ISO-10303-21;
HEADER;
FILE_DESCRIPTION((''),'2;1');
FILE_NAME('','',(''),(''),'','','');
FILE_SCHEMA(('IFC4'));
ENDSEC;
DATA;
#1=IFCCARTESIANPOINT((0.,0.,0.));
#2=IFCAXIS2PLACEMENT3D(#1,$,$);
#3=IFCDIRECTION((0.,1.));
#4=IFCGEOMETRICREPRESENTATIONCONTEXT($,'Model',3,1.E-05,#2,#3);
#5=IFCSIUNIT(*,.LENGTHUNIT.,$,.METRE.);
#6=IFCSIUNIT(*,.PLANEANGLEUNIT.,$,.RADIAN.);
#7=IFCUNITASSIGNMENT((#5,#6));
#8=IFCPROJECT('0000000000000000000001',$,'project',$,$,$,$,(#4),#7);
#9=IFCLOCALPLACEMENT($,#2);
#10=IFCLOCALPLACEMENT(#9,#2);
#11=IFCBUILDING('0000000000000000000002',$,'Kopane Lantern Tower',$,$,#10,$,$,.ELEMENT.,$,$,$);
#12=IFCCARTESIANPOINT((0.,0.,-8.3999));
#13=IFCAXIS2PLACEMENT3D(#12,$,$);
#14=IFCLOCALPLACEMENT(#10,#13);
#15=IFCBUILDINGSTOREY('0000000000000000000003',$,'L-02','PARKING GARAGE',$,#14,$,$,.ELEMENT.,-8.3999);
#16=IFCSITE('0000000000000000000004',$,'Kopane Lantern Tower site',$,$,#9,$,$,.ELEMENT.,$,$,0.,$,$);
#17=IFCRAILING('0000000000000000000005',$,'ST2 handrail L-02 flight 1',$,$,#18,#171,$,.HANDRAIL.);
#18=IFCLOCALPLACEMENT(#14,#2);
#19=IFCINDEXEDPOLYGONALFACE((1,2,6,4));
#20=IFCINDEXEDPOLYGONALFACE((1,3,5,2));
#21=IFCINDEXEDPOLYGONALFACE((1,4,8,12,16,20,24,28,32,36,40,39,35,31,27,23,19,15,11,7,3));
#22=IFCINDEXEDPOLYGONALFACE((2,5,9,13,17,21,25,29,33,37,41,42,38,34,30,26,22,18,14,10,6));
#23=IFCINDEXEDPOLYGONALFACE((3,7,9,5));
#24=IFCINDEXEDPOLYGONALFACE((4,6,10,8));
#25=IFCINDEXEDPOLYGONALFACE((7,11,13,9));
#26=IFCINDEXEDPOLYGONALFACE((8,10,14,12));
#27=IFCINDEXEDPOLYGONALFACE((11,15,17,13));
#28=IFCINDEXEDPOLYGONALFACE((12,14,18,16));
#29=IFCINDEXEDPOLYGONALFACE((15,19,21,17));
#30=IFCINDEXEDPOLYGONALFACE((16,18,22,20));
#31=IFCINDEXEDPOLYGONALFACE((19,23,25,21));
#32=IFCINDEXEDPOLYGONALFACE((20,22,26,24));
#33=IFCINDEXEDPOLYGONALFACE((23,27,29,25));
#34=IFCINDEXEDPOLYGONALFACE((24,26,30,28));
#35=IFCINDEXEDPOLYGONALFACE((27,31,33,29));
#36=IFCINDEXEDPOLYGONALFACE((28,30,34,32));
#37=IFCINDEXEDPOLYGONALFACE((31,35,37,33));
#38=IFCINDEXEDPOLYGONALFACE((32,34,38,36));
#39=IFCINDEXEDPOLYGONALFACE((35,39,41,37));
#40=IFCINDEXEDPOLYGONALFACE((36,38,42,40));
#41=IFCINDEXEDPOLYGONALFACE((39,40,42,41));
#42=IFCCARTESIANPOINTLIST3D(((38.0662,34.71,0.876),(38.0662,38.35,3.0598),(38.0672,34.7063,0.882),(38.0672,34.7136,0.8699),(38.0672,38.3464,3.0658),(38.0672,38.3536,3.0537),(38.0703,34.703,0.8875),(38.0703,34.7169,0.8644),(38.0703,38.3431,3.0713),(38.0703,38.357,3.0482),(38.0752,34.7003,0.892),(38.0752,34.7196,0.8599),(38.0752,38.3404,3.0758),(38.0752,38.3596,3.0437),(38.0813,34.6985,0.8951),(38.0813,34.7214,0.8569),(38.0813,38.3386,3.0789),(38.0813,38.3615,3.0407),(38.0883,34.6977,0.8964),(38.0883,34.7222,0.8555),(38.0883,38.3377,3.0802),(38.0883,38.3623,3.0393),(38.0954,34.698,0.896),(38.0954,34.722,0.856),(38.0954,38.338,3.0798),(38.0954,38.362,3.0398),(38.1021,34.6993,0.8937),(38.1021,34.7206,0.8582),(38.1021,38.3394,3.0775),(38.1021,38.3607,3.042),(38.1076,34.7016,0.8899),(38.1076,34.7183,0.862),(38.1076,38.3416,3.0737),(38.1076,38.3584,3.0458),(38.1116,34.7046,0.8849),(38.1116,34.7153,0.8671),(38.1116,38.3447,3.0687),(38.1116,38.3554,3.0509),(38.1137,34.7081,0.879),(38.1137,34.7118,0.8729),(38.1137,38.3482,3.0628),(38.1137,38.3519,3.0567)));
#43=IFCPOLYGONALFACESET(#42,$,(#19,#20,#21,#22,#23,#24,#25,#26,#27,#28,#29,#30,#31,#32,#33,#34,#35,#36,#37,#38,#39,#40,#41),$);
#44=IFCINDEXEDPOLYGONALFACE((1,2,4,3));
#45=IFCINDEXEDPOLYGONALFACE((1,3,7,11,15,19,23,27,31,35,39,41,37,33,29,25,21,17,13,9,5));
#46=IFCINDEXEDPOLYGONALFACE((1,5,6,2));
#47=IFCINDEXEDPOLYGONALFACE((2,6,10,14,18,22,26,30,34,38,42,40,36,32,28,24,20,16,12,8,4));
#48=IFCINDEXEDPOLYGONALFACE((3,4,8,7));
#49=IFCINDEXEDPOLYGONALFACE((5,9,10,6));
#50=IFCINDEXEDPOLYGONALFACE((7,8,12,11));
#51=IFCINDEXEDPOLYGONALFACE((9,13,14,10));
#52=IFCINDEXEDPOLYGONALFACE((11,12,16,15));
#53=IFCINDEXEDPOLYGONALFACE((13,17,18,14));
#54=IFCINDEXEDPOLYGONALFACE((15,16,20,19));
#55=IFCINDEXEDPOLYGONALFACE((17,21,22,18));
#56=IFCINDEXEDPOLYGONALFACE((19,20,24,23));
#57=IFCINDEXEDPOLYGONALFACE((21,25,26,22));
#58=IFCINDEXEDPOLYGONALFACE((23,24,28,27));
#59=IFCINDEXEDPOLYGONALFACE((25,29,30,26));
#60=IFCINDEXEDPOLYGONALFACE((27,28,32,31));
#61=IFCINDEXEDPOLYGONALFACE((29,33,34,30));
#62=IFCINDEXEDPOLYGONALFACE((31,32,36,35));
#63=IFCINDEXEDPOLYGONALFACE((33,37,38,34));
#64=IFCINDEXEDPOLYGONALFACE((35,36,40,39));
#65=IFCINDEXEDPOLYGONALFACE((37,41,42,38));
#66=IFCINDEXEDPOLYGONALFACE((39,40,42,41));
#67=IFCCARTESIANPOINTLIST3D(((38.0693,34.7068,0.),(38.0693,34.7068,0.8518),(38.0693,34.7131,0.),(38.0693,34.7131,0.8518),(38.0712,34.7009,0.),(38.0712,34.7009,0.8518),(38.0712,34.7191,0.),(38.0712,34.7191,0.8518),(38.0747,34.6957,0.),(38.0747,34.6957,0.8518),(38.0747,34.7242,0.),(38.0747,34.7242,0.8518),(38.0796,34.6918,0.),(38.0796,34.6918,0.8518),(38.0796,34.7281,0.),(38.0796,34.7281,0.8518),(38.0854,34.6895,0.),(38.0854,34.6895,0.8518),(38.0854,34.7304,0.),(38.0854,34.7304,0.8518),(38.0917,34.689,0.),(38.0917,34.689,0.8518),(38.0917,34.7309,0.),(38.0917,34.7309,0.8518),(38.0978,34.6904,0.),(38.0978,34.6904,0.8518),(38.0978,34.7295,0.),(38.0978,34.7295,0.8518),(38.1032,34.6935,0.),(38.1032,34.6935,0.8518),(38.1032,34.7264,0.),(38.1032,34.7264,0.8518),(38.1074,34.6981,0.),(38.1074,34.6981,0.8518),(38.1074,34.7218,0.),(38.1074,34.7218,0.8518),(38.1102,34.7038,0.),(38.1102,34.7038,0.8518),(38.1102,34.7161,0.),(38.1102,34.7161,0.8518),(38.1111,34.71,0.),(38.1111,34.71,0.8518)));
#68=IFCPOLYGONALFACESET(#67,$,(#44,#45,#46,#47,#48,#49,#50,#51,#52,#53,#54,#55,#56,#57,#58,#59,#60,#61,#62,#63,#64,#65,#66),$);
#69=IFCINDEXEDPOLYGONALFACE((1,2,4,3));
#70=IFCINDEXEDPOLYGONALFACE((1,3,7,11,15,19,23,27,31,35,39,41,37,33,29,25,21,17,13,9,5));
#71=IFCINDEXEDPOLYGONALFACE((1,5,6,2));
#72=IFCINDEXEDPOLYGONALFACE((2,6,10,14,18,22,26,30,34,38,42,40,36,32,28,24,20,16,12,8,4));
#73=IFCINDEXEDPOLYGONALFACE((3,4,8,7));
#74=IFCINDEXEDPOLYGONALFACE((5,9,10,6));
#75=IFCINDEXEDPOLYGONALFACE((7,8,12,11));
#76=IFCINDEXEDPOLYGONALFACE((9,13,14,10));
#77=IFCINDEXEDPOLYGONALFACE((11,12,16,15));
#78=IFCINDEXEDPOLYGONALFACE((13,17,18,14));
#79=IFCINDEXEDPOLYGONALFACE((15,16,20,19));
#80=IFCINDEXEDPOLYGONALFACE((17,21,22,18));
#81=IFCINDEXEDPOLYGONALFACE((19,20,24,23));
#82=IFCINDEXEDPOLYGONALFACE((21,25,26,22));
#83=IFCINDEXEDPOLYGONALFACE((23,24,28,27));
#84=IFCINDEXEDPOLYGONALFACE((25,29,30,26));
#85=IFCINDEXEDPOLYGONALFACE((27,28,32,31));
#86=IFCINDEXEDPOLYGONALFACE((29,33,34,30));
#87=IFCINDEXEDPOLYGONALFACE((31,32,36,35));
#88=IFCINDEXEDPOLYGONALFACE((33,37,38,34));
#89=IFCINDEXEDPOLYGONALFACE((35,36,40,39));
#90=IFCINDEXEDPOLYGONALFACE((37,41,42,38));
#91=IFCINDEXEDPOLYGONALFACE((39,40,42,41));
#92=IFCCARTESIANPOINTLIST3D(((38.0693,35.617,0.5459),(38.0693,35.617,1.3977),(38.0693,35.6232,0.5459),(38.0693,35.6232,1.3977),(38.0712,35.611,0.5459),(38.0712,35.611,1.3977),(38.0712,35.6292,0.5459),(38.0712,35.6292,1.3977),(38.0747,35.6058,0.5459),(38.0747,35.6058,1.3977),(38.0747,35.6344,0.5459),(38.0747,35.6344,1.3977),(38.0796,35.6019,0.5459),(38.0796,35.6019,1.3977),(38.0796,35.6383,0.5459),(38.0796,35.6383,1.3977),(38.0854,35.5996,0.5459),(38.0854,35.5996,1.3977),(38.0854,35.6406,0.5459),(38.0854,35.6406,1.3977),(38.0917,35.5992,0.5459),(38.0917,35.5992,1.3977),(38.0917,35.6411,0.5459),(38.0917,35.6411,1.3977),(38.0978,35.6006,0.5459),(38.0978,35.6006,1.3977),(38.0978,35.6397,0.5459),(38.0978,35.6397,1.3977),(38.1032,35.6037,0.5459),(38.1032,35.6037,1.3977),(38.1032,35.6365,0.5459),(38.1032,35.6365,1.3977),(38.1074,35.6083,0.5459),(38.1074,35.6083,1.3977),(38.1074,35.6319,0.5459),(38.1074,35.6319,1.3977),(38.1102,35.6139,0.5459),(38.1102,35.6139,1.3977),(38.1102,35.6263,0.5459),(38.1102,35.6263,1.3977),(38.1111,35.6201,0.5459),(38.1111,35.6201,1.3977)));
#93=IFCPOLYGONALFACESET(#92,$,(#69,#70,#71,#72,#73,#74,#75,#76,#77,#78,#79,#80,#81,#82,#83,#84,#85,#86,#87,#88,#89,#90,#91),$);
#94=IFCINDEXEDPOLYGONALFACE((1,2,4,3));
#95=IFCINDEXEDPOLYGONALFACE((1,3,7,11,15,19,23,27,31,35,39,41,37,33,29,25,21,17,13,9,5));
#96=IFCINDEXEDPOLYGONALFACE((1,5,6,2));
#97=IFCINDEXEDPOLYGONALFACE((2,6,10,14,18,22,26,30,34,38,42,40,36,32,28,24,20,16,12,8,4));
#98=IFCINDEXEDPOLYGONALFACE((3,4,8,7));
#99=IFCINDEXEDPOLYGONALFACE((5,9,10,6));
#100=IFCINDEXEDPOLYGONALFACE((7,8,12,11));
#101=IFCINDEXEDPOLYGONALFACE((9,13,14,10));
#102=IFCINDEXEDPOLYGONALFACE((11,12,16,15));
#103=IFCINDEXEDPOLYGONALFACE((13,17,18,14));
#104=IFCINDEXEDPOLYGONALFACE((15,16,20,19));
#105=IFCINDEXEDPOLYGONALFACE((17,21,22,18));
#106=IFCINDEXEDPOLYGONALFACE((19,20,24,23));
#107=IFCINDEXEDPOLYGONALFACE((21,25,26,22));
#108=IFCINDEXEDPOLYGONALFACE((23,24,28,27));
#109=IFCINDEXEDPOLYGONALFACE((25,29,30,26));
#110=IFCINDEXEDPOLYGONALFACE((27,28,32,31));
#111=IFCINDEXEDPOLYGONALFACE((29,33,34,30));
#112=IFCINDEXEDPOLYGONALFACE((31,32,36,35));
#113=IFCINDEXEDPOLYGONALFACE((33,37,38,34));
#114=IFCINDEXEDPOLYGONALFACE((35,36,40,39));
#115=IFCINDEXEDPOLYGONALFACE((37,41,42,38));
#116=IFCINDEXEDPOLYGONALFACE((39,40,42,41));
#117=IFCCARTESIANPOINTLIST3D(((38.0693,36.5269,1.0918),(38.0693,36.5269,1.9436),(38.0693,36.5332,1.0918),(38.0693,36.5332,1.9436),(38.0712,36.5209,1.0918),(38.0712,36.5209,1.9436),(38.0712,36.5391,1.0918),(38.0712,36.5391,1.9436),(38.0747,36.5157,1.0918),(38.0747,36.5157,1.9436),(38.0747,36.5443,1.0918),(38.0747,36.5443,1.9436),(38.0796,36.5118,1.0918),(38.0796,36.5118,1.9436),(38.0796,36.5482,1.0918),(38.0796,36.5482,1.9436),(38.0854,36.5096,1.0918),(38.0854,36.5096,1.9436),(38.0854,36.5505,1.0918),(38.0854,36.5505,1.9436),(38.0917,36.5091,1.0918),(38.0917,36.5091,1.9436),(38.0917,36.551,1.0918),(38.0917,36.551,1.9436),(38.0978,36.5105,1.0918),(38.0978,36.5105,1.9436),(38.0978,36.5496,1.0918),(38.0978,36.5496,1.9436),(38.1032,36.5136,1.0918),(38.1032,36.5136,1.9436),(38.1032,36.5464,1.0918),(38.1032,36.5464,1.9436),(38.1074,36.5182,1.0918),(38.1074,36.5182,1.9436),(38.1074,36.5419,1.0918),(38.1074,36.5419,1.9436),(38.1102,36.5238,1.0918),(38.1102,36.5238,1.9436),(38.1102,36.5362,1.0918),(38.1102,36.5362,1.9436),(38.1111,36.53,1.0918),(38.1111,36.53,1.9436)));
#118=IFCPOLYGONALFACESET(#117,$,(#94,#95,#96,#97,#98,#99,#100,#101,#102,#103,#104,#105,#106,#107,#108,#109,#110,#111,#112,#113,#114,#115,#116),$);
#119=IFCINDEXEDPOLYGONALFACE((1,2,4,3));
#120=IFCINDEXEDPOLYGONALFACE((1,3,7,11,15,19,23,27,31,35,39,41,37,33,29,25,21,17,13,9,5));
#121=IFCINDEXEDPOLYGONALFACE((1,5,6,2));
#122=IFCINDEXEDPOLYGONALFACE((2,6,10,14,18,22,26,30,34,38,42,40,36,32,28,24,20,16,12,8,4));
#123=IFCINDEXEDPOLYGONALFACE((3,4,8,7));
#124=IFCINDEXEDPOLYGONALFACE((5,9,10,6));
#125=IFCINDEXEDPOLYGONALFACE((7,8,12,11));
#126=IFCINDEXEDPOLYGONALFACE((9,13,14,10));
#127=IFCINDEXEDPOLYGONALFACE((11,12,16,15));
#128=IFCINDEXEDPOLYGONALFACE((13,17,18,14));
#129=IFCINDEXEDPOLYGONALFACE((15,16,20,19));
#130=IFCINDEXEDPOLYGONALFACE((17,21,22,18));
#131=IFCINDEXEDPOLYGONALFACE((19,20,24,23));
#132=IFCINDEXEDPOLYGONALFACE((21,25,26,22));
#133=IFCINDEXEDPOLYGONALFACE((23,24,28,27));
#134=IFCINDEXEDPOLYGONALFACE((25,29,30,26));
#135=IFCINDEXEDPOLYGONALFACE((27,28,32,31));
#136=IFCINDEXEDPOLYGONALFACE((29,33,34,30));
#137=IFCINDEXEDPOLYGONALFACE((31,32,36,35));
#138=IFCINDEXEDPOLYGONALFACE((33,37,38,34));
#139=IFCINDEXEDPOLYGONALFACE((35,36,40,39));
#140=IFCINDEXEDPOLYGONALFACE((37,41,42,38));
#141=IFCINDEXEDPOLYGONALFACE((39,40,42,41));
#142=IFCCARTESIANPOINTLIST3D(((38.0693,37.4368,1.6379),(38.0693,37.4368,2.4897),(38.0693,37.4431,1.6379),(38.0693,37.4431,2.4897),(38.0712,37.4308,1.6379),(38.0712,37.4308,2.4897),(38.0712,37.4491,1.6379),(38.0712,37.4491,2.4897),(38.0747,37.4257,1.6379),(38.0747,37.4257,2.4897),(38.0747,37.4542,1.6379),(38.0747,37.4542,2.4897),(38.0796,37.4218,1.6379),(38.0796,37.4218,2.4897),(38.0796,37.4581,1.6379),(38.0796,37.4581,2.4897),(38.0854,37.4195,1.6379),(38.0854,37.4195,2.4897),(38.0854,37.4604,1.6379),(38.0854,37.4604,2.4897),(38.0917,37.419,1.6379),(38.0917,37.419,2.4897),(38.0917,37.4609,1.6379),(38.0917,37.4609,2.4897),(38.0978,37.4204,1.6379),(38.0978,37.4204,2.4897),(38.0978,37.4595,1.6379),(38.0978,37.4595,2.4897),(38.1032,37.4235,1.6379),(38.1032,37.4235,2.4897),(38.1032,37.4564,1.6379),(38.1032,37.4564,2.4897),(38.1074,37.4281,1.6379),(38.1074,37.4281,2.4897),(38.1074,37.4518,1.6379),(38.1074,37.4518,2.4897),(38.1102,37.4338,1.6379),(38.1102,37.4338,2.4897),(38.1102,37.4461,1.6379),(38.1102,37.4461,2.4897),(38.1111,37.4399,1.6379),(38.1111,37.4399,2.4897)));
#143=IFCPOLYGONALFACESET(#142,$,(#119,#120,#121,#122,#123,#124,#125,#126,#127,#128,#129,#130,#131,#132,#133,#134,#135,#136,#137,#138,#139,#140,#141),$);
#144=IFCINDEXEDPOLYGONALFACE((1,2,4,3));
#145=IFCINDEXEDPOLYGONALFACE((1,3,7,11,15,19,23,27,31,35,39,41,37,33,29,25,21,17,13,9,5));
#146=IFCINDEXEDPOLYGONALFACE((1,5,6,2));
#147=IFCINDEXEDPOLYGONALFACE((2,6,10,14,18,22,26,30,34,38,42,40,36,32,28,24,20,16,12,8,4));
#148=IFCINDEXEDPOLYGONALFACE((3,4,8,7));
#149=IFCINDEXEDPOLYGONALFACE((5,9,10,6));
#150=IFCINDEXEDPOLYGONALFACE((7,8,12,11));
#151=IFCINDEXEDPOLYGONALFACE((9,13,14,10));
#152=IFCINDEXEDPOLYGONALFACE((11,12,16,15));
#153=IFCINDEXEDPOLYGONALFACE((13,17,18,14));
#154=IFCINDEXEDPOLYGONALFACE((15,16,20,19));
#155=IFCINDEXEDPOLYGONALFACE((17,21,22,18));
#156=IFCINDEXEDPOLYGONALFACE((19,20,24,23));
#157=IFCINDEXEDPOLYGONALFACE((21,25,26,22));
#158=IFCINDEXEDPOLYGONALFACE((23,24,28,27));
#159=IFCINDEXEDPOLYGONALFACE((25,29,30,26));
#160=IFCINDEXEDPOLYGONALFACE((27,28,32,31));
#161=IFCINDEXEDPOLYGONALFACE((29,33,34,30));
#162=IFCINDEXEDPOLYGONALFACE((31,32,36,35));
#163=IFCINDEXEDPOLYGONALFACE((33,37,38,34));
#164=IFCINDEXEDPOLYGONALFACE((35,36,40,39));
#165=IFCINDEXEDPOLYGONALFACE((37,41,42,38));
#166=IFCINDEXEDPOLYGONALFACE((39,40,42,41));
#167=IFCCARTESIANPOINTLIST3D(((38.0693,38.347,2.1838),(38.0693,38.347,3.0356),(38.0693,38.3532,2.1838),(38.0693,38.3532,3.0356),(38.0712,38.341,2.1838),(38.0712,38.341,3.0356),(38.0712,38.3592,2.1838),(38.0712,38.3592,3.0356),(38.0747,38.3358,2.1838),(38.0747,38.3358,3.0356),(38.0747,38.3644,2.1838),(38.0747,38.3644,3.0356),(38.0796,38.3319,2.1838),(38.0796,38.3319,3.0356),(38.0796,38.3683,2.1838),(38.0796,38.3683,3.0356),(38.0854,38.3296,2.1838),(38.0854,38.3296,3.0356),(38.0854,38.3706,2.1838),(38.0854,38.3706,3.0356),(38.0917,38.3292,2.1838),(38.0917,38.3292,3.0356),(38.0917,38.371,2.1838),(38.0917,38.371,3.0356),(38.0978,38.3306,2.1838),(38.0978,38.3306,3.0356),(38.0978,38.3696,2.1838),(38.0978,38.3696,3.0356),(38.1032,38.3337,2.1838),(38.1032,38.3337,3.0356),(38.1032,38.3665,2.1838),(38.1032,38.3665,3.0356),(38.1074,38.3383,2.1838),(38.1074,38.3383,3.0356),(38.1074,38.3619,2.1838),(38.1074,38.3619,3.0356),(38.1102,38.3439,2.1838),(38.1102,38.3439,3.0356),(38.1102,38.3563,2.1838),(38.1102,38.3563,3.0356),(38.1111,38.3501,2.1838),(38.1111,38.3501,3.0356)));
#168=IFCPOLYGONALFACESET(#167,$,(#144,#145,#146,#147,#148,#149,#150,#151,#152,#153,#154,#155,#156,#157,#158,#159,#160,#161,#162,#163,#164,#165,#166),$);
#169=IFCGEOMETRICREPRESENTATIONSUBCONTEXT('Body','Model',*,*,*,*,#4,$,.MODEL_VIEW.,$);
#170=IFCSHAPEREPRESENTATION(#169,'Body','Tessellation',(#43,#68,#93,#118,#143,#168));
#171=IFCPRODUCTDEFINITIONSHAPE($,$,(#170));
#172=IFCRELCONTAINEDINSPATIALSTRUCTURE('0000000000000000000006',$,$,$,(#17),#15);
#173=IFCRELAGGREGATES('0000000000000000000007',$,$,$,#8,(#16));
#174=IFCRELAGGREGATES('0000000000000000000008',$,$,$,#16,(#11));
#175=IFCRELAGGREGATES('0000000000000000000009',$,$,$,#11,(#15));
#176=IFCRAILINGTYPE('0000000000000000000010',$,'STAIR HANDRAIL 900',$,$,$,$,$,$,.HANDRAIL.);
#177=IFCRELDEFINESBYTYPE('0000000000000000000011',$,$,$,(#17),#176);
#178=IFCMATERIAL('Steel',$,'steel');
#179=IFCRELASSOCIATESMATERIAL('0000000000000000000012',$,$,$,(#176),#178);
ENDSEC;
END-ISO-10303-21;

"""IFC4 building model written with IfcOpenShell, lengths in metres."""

from ifc_helpers import new_model, si_unit, direction, frame, origin, origin_2d, place, context, subcontext, project, spatial, circle, extrude, material, type_object, element, save


model = new_model("IFC4")

# Units and contexts
model_context = context("Model", 3, precision=1e-05, world=origin(), true_north=direction((0.0, 1.0)))
body_context = subcontext(model_context, "Body", "Model", "MODEL_VIEW")
ifc_project = project(units=[si_unit("LENGTHUNIT", "METRE"), si_unit("PLANEANGLEUNIT", "RADIAN")], contexts=[model_context])

# Site, building, storey
site_placement = place(None, origin())
site = spatial("IfcSite", under=ifc_project, at=site_placement, Name="Kopane Lantern Tower site", CompositionType="ELEMENT", RefElevation=0.0)
building_placement = place(site_placement, origin())
building = spatial("IfcBuilding", under=site, at=building_placement, Name="Kopane Lantern Tower", CompositionType="ELEMENT")
storey_placement = place(building_placement, frame((0.0, 0.0, -8.3999)))
storey = spatial("IfcBuildingStorey", under=building, at=storey_placement, Name="L-02", Description="PARKING GARAGE", CompositionType="ELEMENT", Elevation=-8.3999)

# Railing
ifc_material_1 = material(Name="Steel", Category="steel")
railing_type_1 = type_object("IfcRailingType", Name="STAIR HANDRAIL 900", PredefinedType="HANDRAIL", material=ifc_material_1)
for number, where, name in (
    (1, (38.0901, 34.71, 0.0), "ST2 handrail L-02 flight 1"),
):
    element("IfcRailing", number, at=place(storey_placement, frame(where)), inside=storey, type_object=railing_type_1, Name=name, PredefinedType="HANDRAIL", context=body_context, shape_type="SweptSolid", body=[
        extrude(circle(Radius=0.0239, at=origin_2d()), frame((0.0, 0.0, 0.876), z_axis=(0.0, 0.857518, 0.514453), x_axis=(-1.0, 0.0, 0.0)), (0.0, 0.0, 1.0), 4.2449),
        extrude(circle(Radius=0.021, at=origin_2d()), origin(), (0.0, 0.0, 1.0), 0.8518),
        extrude(circle(Radius=0.021, at=origin_2d()), frame((0.0, 0.9102, 0.5459)), (0.0, 0.0, 1.0), 0.8518),
        extrude(circle(Radius=0.021, at=origin_2d()), frame((0.0, 1.8201, 1.0918)), (0.0, 0.0, 1.0), 0.8518),
        extrude(circle(Radius=0.021, at=origin_2d()), frame((0.0, 2.73, 1.6379)), (0.0, 0.0, 1.0), 0.8518),
        extrude(circle(Radius=0.021, at=origin_2d()), frame((0.0, 3.6401, 2.1838)), (0.0, 0.0, 1.0), 0.8518),
    ])

save(model, "model.ifc")
